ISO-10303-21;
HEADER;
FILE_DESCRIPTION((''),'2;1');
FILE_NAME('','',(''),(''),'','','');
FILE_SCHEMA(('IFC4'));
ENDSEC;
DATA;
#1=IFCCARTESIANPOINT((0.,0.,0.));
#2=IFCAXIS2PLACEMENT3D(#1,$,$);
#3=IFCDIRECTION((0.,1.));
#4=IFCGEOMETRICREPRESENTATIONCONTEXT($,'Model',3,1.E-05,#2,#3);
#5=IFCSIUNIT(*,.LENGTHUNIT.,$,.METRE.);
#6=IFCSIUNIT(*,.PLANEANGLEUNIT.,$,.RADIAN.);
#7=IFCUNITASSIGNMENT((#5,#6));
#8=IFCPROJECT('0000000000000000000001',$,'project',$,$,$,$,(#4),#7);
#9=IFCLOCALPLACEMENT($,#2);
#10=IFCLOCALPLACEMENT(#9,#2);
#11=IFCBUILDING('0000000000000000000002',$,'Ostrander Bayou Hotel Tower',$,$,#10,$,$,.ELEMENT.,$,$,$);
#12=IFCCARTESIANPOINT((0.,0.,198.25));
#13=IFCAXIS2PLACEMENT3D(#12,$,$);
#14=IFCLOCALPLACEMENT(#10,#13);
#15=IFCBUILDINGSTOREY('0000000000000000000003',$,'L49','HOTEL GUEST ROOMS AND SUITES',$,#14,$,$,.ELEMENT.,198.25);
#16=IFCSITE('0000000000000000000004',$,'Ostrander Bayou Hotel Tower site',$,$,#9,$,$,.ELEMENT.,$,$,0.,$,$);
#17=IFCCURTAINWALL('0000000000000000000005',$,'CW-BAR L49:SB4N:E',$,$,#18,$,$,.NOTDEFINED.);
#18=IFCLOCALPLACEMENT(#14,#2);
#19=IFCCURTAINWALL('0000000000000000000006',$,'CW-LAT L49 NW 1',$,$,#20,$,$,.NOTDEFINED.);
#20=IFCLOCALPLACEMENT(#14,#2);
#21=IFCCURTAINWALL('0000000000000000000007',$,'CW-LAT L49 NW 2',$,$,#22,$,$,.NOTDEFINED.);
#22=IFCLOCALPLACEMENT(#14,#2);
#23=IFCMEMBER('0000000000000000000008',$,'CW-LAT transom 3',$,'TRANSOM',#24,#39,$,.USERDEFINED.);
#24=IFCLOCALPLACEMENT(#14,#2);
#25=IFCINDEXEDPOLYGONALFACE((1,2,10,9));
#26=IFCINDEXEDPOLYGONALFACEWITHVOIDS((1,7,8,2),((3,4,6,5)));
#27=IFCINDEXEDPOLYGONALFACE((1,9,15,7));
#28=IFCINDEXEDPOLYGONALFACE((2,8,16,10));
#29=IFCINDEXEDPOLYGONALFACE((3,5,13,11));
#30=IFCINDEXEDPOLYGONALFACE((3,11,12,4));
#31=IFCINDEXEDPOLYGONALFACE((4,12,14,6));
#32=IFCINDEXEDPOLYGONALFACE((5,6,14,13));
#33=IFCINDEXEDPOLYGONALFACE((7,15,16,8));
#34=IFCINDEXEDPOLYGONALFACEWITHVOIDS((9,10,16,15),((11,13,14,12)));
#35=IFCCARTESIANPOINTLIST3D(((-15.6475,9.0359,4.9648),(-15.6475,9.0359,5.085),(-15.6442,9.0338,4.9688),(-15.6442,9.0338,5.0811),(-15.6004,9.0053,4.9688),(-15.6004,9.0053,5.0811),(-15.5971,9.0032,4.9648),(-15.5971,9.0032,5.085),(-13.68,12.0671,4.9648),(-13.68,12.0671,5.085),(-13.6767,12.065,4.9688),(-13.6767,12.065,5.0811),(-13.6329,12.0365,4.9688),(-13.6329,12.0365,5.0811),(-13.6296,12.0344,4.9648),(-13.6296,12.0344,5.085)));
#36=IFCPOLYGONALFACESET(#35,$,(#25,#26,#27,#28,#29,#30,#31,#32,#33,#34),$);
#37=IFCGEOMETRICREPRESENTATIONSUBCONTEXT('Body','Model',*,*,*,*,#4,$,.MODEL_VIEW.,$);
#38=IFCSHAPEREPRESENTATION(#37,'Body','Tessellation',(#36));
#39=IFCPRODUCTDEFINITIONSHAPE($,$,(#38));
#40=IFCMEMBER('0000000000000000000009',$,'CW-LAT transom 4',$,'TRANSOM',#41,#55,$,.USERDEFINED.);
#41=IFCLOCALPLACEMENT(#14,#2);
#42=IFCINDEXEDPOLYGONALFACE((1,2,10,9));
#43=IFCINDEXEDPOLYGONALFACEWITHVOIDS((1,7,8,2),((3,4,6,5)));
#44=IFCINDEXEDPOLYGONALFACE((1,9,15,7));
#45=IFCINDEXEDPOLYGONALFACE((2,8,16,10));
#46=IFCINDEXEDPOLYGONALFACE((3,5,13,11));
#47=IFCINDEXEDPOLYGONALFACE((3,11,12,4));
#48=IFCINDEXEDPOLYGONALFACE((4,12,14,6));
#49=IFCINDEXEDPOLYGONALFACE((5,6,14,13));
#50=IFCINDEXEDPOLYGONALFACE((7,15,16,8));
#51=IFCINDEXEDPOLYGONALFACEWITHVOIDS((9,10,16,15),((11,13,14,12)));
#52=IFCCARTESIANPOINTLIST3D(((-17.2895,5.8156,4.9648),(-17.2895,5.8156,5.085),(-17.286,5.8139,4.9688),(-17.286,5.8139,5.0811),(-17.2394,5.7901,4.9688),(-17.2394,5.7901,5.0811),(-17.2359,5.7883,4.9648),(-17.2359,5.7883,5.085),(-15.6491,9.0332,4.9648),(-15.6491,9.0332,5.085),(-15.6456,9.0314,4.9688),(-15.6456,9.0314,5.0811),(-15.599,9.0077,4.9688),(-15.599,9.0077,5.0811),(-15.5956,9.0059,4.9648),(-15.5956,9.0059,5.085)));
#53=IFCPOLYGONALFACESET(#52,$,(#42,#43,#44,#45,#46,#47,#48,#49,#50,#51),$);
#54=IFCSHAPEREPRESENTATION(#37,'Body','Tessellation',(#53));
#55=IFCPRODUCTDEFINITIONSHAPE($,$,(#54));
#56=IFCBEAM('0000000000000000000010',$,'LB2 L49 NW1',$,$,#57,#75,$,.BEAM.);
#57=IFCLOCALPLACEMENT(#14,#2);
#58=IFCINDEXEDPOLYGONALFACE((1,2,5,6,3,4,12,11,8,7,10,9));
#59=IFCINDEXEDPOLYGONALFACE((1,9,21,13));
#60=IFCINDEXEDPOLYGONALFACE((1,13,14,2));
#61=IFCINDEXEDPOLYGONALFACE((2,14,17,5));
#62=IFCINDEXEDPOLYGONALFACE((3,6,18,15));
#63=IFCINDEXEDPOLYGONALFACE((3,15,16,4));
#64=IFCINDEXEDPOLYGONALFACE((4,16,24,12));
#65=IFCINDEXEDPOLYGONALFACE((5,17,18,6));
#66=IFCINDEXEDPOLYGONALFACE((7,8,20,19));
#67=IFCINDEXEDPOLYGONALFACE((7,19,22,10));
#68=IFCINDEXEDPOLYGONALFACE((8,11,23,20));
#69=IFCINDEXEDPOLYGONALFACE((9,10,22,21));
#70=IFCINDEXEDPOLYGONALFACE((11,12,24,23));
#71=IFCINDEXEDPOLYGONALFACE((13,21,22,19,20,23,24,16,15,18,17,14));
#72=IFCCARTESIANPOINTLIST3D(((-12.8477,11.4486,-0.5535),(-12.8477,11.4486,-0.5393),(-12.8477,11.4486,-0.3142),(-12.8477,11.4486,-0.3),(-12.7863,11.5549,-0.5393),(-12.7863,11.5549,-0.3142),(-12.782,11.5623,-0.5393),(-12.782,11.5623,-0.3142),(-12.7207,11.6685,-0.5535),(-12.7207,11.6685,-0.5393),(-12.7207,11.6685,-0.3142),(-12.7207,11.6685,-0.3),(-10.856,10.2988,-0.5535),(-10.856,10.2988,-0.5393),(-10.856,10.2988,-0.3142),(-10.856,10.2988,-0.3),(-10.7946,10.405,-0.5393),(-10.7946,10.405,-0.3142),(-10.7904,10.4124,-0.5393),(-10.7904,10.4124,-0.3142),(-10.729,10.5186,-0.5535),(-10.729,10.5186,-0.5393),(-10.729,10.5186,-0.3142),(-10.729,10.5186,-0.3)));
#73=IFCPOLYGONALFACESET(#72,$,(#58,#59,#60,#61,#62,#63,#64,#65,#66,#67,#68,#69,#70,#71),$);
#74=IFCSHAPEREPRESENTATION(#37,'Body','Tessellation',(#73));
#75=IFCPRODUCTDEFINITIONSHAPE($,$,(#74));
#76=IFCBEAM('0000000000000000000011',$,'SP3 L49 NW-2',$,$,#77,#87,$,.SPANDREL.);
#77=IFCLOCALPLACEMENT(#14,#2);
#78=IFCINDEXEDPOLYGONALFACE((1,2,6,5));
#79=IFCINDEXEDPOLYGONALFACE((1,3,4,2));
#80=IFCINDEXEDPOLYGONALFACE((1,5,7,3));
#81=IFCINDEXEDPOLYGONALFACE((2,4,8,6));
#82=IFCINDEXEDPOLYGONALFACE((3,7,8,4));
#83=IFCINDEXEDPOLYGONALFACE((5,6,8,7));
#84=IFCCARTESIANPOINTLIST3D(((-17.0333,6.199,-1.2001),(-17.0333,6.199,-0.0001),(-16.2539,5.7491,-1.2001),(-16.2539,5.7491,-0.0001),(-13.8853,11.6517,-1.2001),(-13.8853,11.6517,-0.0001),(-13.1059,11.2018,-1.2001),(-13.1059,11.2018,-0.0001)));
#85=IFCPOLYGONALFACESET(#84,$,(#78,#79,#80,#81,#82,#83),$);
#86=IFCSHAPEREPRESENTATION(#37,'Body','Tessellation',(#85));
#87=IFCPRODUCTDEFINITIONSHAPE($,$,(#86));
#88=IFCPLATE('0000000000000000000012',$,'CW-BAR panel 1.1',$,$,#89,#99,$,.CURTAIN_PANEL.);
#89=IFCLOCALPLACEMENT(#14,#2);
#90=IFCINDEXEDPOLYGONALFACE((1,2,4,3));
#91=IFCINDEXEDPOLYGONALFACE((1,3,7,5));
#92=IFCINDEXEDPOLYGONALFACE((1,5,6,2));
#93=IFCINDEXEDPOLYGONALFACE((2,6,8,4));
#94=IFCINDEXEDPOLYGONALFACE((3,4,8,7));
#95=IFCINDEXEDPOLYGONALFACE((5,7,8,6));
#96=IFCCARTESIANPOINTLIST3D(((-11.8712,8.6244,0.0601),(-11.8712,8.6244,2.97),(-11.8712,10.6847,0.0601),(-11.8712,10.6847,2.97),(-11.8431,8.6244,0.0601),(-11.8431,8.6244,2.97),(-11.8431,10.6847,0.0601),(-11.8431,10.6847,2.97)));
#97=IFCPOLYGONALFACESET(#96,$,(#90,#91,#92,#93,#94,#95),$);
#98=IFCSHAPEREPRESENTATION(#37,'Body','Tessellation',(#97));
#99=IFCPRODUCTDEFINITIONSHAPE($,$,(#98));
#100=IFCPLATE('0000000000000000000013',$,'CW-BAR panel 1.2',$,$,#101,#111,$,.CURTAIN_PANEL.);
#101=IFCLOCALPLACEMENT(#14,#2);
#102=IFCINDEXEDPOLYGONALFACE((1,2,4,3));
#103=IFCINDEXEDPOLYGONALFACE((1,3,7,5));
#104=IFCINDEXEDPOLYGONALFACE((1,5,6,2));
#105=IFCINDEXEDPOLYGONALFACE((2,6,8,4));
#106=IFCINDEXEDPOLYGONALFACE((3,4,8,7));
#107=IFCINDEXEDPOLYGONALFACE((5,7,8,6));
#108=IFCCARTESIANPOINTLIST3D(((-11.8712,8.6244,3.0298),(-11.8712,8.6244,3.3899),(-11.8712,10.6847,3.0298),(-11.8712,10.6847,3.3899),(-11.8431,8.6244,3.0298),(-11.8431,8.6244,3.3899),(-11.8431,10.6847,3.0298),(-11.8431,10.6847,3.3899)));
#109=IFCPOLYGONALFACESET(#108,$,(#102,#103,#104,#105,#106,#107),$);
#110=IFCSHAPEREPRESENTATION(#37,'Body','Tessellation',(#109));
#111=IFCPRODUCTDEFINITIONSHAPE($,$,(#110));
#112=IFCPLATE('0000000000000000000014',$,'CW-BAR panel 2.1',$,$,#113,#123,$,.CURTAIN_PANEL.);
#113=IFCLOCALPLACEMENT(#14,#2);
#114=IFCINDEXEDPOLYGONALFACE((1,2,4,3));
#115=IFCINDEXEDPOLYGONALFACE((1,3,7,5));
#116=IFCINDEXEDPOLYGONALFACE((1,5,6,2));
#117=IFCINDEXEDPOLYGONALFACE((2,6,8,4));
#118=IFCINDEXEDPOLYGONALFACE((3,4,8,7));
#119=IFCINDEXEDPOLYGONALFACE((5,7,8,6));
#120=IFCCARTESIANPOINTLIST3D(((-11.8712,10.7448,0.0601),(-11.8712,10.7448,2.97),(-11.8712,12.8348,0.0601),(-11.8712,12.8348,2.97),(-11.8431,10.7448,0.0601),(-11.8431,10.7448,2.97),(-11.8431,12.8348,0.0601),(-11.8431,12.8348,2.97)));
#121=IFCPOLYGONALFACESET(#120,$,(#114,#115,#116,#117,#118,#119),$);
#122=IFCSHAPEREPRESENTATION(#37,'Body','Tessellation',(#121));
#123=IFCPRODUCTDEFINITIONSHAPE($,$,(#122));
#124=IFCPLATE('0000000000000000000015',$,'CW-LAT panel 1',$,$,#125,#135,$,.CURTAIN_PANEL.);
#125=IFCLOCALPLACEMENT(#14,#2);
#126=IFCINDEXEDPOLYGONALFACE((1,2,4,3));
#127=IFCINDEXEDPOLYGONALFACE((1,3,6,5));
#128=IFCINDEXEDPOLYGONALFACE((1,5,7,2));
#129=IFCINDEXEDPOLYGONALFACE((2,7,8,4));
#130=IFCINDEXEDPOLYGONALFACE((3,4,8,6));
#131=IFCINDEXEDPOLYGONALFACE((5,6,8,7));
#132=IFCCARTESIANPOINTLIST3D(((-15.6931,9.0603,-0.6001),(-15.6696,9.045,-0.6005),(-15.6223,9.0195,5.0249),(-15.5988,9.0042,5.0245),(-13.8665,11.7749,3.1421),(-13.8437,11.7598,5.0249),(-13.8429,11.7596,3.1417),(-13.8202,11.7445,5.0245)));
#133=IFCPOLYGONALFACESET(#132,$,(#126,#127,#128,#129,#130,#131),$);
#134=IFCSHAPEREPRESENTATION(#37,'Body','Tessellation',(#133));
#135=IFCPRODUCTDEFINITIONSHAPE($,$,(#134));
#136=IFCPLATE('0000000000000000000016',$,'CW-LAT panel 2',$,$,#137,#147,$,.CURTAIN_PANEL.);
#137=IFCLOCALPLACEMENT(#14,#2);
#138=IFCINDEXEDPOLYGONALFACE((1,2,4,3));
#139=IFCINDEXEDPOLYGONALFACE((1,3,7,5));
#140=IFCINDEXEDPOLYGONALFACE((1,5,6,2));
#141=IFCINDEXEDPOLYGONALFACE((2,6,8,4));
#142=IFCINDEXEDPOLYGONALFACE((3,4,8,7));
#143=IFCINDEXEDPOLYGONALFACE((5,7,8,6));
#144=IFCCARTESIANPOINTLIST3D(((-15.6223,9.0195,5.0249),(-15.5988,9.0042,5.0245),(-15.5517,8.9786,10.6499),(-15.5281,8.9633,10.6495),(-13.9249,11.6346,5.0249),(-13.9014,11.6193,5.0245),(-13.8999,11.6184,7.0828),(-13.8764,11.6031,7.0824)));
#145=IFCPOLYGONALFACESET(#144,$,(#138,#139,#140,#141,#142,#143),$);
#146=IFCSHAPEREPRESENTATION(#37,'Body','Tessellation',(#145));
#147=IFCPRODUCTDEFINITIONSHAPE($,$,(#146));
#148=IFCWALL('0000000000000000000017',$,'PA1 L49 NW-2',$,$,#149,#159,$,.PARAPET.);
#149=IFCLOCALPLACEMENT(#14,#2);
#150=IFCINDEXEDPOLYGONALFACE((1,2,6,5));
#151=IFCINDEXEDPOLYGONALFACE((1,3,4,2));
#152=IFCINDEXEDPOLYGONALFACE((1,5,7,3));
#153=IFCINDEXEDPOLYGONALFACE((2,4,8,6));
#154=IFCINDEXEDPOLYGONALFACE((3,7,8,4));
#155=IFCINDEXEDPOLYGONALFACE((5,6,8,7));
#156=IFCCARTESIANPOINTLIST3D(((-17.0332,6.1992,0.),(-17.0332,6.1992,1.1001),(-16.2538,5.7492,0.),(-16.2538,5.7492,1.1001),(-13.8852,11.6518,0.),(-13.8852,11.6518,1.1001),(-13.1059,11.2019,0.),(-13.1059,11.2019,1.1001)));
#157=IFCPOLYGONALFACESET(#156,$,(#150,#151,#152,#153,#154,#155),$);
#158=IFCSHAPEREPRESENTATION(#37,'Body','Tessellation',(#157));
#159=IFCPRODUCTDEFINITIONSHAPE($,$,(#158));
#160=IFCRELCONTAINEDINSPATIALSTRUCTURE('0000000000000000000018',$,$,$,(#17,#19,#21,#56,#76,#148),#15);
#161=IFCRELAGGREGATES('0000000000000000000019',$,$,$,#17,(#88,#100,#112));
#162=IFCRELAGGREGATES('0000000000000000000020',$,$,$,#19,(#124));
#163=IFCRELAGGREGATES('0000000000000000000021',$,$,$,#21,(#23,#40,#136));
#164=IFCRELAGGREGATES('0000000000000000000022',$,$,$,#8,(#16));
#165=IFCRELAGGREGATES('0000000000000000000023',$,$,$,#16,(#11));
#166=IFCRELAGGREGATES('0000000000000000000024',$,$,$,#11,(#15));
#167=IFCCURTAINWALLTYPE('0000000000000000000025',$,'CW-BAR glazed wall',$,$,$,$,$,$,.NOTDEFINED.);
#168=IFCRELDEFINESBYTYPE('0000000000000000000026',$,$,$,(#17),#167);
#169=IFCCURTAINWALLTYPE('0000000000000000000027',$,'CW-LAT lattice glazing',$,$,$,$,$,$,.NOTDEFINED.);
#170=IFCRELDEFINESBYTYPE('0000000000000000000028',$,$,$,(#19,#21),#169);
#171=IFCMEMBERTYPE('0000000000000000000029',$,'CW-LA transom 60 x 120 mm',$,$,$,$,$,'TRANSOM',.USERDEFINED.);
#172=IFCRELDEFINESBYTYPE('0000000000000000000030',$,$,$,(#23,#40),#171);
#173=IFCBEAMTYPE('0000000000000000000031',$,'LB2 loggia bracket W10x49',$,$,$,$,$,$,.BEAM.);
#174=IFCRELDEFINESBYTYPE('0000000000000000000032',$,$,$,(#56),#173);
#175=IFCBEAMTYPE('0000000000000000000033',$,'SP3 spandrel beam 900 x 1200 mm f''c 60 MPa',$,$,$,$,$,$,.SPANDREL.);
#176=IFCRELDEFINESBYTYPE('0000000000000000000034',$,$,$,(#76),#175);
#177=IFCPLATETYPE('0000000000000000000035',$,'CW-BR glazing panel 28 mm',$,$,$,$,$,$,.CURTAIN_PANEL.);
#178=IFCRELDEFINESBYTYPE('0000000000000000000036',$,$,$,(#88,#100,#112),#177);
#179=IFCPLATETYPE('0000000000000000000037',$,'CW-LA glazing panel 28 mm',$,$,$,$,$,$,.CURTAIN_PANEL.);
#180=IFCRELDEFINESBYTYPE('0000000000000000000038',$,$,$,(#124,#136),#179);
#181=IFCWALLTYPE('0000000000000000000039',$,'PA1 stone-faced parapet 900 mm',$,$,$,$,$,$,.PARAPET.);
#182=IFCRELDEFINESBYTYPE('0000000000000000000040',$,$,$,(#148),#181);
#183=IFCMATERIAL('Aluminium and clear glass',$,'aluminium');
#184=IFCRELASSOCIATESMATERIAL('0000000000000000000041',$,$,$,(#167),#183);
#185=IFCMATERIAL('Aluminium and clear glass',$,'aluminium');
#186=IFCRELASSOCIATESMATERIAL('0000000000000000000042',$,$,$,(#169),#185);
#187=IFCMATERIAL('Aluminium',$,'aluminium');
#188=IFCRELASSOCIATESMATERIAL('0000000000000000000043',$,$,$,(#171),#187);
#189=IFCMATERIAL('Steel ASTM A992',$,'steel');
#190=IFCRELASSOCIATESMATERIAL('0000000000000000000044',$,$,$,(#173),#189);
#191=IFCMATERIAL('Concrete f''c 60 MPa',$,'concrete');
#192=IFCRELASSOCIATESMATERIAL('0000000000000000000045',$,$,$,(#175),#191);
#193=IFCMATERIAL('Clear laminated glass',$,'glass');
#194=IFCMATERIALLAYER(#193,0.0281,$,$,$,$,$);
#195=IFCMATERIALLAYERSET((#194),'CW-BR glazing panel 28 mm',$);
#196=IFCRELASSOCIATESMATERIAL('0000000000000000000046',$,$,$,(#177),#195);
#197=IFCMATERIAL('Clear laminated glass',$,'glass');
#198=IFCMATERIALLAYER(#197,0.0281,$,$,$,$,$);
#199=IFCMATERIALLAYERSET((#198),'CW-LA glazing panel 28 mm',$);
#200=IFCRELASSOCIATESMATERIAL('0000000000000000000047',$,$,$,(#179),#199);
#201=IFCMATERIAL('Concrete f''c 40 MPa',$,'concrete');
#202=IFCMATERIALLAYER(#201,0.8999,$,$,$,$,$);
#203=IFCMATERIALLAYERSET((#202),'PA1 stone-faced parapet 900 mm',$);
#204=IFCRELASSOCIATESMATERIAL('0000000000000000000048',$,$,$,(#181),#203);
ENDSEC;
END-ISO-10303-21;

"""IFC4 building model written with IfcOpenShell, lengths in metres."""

from ifc_helpers import new_model, si_unit, direction, frame, frame_2d, origin, origin_2d, place, context, subcontext, project, spatial, polyline, rectangle, hollow_rectangle, i_section, outline, extrude, material, layer, layer_set, material_profile, profile_set, type_object, element, aggregate, save


model = new_model("IFC4")

# Units and contexts
model_context = context("Model", 3, precision=1e-05, world=origin(), true_north=direction((0.0, 1.0)))
body_context = subcontext(model_context, "Body", "Model", "MODEL_VIEW")
ifc_project = project(units=[si_unit("LENGTHUNIT", "METRE"), si_unit("PLANEANGLEUNIT", "RADIAN")], contexts=[model_context])

# Site, building, storey
site_placement = place(None, origin())
site = spatial("IfcSite", under=ifc_project, at=site_placement, Name="Ostrander Bayou Hotel Tower site", CompositionType="ELEMENT", RefElevation=0.0)
building_placement = place(site_placement, origin())
building = spatial("IfcBuilding", under=site, at=building_placement, Name="Ostrander Bayou Hotel Tower", CompositionType="ELEMENT")
storey_placement = place(building_placement, frame((0.0, 0.0, 198.25)))
storey = spatial("IfcBuildingStorey", under=building, at=storey_placement, Name="L49", Description="HOTEL GUEST ROOMS AND SUITES", CompositionType="ELEMENT", Elevation=198.25)

# Curtain walls, members
ifc_material_1 = material(Name="Aluminium and clear glass", Category="aluminium")
curtain_wall_type_1 = type_object("IfcCurtainWallType", Name="CW-BAR glazed wall", PredefinedType="NOTDEFINED", material=ifc_material_1)
curtain_wall_1_placement = place(storey_placement, origin())
curtain_wall_1 = element("IfcCurtainWall", 1, at=curtain_wall_1_placement, inside=storey, type_object=curtain_wall_type_1, Name="CW-BAR L49:SB4N:E", PredefinedType="NOTDEFINED")
ifc_material_2 = material(Name="Aluminium and clear glass", Category="aluminium")
curtain_wall_type_2 = type_object("IfcCurtainWallType", Name="CW-LAT lattice glazing", PredefinedType="NOTDEFINED", material=ifc_material_2)
curtain_wall_2_placement = place(storey_placement, origin())
curtain_wall_2 = element("IfcCurtainWall", 2, at=curtain_wall_2_placement, inside=storey, type_object=curtain_wall_type_2, Name="CW-LAT L49 NW 1", PredefinedType="NOTDEFINED")
curtain_wall_3_placement = place(storey_placement, origin())
curtain_wall_3 = element("IfcCurtainWall", 3, at=curtain_wall_3_placement, inside=storey, type_object=curtain_wall_type_2, Name="CW-LAT L49 NW 2", PredefinedType="NOTDEFINED")
ifc_material_3 = material(Name="Aluminium", Category="aluminium")
ifc_material_profile_1 = material_profile(ifc_material_3, hollow_rectangle(XDim=0.0601, YDim=0.1201, WallThickness=0.0039, at=origin_2d()))
ifc_profile_set_1 = profile_set([ifc_material_profile_1], Name="Aluminium")
member_type_1 = type_object("IfcMemberType", Name="CW-LA transom 60 x 120 mm", ElementType="TRANSOM", PredefinedType="USERDEFINED", material=ifc_profile_set_1)
member_1_placement = place(storey_placement, frame((-15.6223, 9.0195, 5.0249), z_axis=(0.544447, 0.838795, 0.0), x_axis=(-0.838795, 0.544447, 0.0)))
member_1 = element("IfcMember", 4, at=member_1_placement, type_object=member_type_1, Name="CW-LAT transom 3", ObjectType="TRANSOM", PredefinedType="USERDEFINED", context=body_context, shape_type="SweptSolid", body=[
    extrude(hollow_rectangle(XDim=0.0601, YDim=0.1201, WallThickness=0.0039, at=origin_2d()), origin(), (0.0, 0.0, 1.0), 3.6138),
])
member_2_placement = place(storey_placement, frame((-15.6223, 9.0195, 5.0249), z_axis=(-0.454203, -0.890898, 0.0), x_axis=(0.890898, -0.454203, 0.0)))
member_2 = element("IfcMember", 5, at=member_2_placement, type_object=member_type_1, Name="CW-LAT transom 4", ObjectType="TRANSOM", PredefinedType="USERDEFINED", context=body_context, shape_type="SweptSolid", body=[
    extrude(hollow_rectangle(XDim=0.0601, YDim=0.1201, WallThickness=0.0039, at=origin_2d()), origin(), (0.0, 0.0, 1.0), 3.6116),
])

# Beams
ifc_material_4 = material(Name="Steel ASTM A992", Category="steel")
ifc_material_profile_2 = material_profile(ifc_material_4, i_section(OverallWidth=0.2539, OverallDepth=0.2534, WebThickness=0.0085, FlangeThickness=0.0142, at=origin_2d()))
ifc_profile_set_2 = profile_set([ifc_material_profile_2], Name="Steel ASTM A992")
beam_type_1 = type_object("IfcBeamType", Name="LB2 loggia bracket W10x49", PredefinedType="BEAM", material=ifc_profile_set_2)
beam_1_placement = place(storey_placement, frame((-12.7842, 11.5586, -0.4268), z_axis=(0.866026, -0.499998, 0.0), x_axis=(0.499998, 0.866026, 0.0)))
element("IfcBeam", 6, at=beam_1_placement, inside=storey, type_object=beam_type_1, Name="LB2 L49 NW1", PredefinedType="BEAM", context=body_context, shape_type="SweptSolid", body=[
    extrude(i_section(OverallWidth=0.2539, OverallDepth=0.2534, WebThickness=0.0085, FlangeThickness=0.0142, at=origin_2d()), origin(), (0.0, 0.0, 1.0), 2.2998),
])
ifc_material_5 = material(Name="Concrete f'c 60 MPa", Category="concrete")
ifc_material_profile_3 = material_profile(ifc_material_5, rectangle(XDim=0.8999, YDim=1.2, at=origin_2d()))
ifc_profile_set_3 = profile_set([ifc_material_profile_3], Name="Concrete f'c 60 MPa")
beam_type_2 = type_object("IfcBeamType", Name="SP3 spandrel beam 900 x 1200 mm f'c 60 MPa", PredefinedType="SPANDREL", material=ifc_profile_set_3)
beam_2_placement = place(storey_placement, frame((-13.4956, 11.4268, -0.6001), z_axis=(-0.499984, -0.866034, 0.0), x_axis=(0.866034, -0.499984, 0.0)))
element("IfcBeam", 7, at=beam_2_placement, inside=storey, type_object=beam_type_2, Name="SP3 L49 NW-2", PredefinedType="SPANDREL", context=body_context, shape_type="SweptSolid", body=[
    extrude(rectangle(XDim=0.8999, YDim=1.2, at=origin_2d()), origin(), (0.0, 0.0, 1.0), 6.2961),
])

# Plates
ifc_material_6 = material(Name="Clear laminated glass", Category="glass")
ifc_layer_1 = layer(ifc_material_6, 0.0281)
ifc_layer_set_1 = layer_set([ifc_layer_1], Name="CW-BR glazing panel 28 mm")
plate_type_1 = type_object("IfcPlateType", Name="CW-BR glazing panel 28 mm", PredefinedType="CURTAIN_PANEL", material=ifc_layer_set_1)
plate_1_placement = place(storey_placement, frame((-11.8572, 9.6545, 0.0601), z_axis=(0.0, 0.0, 1.0), x_axis=(0.0, 1.0, 0.0)))
plate_1 = element("IfcPlate", 8, at=plate_1_placement, type_object=plate_type_1, Name="CW-BAR panel 1.1", PredefinedType="CURTAIN_PANEL", context=body_context, shape_type="SweptSolid", body=[
    extrude(rectangle(XDim=2.0603, YDim=0.0281, at=origin_2d()), origin(), (0.0, 0.0, 1.0), 2.9099),
])
plate_2_placement = place(storey_placement, frame((-11.8572, 9.6545, 3.0298), z_axis=(0.0, 0.0, 1.0), x_axis=(0.0, 1.0, 0.0)))
plate_2 = element("IfcPlate", 9, at=plate_2_placement, type_object=plate_type_1, Name="CW-BAR panel 1.2", PredefinedType="CURTAIN_PANEL", context=body_context, shape_type="SweptSolid", body=[
    extrude(rectangle(XDim=2.0603, YDim=0.0281, at=origin_2d()), origin(), (0.0, 0.0, 1.0), 0.3601),
])
plate_3_placement = place(storey_placement, frame((-11.8572, 11.7898, 0.0601), z_axis=(0.0, 0.0, 1.0), x_axis=(0.0, 1.0, 0.0)))
plate_3 = element("IfcPlate", 10, at=plate_3_placement, type_object=plate_type_1, Name="CW-BAR panel 2.1", PredefinedType="CURTAIN_PANEL", context=body_context, shape_type="SweptSolid", body=[
    extrude(rectangle(XDim=2.0901, YDim=0.0281, at=origin_2d()), origin(), (0.0, 0.0, 1.0), 2.9099),
])
aggregate(curtain_wall_1, [plate_1, plate_2, plate_3])
ifc_material_7 = material(Name="Clear laminated glass", Category="glass")
ifc_layer_2 = layer(ifc_material_7, 0.0281)
ifc_layer_set_2 = layer_set([ifc_layer_2], Name="CW-LA glazing panel 28 mm")
plate_type_2 = type_object("IfcPlateType", Name="CW-LA glazing panel 28 mm", PredefinedType="CURTAIN_PANEL", material=ifc_layer_set_2)
plate_4_placement = place(storey_placement, frame((-13.8665, 11.7749, 3.1421), z_axis=(-0.838714, 0.544378, 0.0145), x_axis=(-0.367469, -0.546102, -0.752821)))
plate_4 = element("IfcPlate", 11, at=plate_4_placement, type_object=plate_type_2, Name="CW-LAT panel 1", PredefinedType="CURTAIN_PANEL", context=body_context, shape_type="SweptSolid", body=[
    extrude(outline(polyline([(0.0, 0.0), (4.9709, 0.0), (0.7325, 3.6991), (-1.4175, 1.2395), (0.0, 0.0)])), origin(), (0.0, 0.0, -1.0), 0.0281),
])
aggregate(curtain_wall_2, [plate_4])
plate_5_placement = place(storey_placement, frame((-13.8999, 11.6184, 7.0828), z_axis=(-0.838713, 0.544381, 0.014496), x_axis=(-0.348831, -0.557494, 0.753338)))
plate_5 = element("IfcPlate", 12, at=plate_5_placement, type_object=plate_type_2, Name="CW-LAT panel 2", PredefinedType="CURTAIN_PANEL", context=body_context, shape_type="SweptSolid", body=[
    extrude(outline(polyline([(0.0, 0.0), (4.7351, 0.0), (0.4994, -3.7022), (-1.5506, -1.3533), (0.0, 0.0)])), origin(), (0.0, 0.0, -1.0), 0.0281),
])
aggregate(curtain_wall_3, [member_1, member_2, plate_5])

# Wall
ifc_material_8 = material(Name="Concrete f'c 40 MPa", Category="concrete")
ifc_layer_3 = layer(ifc_material_8, 0.8999)
ifc_layer_set_3 = layer_set([ifc_layer_3], Name="PA1 stone-faced parapet 900 mm")
wall_type = type_object("IfcWallType", Name="PA1 stone-faced parapet 900 mm", PredefinedType="PARAPET", material=ifc_layer_set_3)
wall_placement = place(storey_placement, frame((-13.4956, 11.4268, 0.0), z_axis=(0.0, 0.0, 1.0), x_axis=(-0.499984, -0.866034, 0.0)))
element("IfcWall", 13, at=wall_placement, inside=storey, type_object=wall_type, Name="PA1 L49 NW-2", PredefinedType="PARAPET", context=body_context, shape_type="SweptSolid", body=[
    extrude(rectangle(XDim=6.2961, YDim=0.8999, at=frame_2d((3.1479, 0.0))), origin(), (0.0, 0.0, 1.0), 1.1001),
])

save(model, "model.ifc")
